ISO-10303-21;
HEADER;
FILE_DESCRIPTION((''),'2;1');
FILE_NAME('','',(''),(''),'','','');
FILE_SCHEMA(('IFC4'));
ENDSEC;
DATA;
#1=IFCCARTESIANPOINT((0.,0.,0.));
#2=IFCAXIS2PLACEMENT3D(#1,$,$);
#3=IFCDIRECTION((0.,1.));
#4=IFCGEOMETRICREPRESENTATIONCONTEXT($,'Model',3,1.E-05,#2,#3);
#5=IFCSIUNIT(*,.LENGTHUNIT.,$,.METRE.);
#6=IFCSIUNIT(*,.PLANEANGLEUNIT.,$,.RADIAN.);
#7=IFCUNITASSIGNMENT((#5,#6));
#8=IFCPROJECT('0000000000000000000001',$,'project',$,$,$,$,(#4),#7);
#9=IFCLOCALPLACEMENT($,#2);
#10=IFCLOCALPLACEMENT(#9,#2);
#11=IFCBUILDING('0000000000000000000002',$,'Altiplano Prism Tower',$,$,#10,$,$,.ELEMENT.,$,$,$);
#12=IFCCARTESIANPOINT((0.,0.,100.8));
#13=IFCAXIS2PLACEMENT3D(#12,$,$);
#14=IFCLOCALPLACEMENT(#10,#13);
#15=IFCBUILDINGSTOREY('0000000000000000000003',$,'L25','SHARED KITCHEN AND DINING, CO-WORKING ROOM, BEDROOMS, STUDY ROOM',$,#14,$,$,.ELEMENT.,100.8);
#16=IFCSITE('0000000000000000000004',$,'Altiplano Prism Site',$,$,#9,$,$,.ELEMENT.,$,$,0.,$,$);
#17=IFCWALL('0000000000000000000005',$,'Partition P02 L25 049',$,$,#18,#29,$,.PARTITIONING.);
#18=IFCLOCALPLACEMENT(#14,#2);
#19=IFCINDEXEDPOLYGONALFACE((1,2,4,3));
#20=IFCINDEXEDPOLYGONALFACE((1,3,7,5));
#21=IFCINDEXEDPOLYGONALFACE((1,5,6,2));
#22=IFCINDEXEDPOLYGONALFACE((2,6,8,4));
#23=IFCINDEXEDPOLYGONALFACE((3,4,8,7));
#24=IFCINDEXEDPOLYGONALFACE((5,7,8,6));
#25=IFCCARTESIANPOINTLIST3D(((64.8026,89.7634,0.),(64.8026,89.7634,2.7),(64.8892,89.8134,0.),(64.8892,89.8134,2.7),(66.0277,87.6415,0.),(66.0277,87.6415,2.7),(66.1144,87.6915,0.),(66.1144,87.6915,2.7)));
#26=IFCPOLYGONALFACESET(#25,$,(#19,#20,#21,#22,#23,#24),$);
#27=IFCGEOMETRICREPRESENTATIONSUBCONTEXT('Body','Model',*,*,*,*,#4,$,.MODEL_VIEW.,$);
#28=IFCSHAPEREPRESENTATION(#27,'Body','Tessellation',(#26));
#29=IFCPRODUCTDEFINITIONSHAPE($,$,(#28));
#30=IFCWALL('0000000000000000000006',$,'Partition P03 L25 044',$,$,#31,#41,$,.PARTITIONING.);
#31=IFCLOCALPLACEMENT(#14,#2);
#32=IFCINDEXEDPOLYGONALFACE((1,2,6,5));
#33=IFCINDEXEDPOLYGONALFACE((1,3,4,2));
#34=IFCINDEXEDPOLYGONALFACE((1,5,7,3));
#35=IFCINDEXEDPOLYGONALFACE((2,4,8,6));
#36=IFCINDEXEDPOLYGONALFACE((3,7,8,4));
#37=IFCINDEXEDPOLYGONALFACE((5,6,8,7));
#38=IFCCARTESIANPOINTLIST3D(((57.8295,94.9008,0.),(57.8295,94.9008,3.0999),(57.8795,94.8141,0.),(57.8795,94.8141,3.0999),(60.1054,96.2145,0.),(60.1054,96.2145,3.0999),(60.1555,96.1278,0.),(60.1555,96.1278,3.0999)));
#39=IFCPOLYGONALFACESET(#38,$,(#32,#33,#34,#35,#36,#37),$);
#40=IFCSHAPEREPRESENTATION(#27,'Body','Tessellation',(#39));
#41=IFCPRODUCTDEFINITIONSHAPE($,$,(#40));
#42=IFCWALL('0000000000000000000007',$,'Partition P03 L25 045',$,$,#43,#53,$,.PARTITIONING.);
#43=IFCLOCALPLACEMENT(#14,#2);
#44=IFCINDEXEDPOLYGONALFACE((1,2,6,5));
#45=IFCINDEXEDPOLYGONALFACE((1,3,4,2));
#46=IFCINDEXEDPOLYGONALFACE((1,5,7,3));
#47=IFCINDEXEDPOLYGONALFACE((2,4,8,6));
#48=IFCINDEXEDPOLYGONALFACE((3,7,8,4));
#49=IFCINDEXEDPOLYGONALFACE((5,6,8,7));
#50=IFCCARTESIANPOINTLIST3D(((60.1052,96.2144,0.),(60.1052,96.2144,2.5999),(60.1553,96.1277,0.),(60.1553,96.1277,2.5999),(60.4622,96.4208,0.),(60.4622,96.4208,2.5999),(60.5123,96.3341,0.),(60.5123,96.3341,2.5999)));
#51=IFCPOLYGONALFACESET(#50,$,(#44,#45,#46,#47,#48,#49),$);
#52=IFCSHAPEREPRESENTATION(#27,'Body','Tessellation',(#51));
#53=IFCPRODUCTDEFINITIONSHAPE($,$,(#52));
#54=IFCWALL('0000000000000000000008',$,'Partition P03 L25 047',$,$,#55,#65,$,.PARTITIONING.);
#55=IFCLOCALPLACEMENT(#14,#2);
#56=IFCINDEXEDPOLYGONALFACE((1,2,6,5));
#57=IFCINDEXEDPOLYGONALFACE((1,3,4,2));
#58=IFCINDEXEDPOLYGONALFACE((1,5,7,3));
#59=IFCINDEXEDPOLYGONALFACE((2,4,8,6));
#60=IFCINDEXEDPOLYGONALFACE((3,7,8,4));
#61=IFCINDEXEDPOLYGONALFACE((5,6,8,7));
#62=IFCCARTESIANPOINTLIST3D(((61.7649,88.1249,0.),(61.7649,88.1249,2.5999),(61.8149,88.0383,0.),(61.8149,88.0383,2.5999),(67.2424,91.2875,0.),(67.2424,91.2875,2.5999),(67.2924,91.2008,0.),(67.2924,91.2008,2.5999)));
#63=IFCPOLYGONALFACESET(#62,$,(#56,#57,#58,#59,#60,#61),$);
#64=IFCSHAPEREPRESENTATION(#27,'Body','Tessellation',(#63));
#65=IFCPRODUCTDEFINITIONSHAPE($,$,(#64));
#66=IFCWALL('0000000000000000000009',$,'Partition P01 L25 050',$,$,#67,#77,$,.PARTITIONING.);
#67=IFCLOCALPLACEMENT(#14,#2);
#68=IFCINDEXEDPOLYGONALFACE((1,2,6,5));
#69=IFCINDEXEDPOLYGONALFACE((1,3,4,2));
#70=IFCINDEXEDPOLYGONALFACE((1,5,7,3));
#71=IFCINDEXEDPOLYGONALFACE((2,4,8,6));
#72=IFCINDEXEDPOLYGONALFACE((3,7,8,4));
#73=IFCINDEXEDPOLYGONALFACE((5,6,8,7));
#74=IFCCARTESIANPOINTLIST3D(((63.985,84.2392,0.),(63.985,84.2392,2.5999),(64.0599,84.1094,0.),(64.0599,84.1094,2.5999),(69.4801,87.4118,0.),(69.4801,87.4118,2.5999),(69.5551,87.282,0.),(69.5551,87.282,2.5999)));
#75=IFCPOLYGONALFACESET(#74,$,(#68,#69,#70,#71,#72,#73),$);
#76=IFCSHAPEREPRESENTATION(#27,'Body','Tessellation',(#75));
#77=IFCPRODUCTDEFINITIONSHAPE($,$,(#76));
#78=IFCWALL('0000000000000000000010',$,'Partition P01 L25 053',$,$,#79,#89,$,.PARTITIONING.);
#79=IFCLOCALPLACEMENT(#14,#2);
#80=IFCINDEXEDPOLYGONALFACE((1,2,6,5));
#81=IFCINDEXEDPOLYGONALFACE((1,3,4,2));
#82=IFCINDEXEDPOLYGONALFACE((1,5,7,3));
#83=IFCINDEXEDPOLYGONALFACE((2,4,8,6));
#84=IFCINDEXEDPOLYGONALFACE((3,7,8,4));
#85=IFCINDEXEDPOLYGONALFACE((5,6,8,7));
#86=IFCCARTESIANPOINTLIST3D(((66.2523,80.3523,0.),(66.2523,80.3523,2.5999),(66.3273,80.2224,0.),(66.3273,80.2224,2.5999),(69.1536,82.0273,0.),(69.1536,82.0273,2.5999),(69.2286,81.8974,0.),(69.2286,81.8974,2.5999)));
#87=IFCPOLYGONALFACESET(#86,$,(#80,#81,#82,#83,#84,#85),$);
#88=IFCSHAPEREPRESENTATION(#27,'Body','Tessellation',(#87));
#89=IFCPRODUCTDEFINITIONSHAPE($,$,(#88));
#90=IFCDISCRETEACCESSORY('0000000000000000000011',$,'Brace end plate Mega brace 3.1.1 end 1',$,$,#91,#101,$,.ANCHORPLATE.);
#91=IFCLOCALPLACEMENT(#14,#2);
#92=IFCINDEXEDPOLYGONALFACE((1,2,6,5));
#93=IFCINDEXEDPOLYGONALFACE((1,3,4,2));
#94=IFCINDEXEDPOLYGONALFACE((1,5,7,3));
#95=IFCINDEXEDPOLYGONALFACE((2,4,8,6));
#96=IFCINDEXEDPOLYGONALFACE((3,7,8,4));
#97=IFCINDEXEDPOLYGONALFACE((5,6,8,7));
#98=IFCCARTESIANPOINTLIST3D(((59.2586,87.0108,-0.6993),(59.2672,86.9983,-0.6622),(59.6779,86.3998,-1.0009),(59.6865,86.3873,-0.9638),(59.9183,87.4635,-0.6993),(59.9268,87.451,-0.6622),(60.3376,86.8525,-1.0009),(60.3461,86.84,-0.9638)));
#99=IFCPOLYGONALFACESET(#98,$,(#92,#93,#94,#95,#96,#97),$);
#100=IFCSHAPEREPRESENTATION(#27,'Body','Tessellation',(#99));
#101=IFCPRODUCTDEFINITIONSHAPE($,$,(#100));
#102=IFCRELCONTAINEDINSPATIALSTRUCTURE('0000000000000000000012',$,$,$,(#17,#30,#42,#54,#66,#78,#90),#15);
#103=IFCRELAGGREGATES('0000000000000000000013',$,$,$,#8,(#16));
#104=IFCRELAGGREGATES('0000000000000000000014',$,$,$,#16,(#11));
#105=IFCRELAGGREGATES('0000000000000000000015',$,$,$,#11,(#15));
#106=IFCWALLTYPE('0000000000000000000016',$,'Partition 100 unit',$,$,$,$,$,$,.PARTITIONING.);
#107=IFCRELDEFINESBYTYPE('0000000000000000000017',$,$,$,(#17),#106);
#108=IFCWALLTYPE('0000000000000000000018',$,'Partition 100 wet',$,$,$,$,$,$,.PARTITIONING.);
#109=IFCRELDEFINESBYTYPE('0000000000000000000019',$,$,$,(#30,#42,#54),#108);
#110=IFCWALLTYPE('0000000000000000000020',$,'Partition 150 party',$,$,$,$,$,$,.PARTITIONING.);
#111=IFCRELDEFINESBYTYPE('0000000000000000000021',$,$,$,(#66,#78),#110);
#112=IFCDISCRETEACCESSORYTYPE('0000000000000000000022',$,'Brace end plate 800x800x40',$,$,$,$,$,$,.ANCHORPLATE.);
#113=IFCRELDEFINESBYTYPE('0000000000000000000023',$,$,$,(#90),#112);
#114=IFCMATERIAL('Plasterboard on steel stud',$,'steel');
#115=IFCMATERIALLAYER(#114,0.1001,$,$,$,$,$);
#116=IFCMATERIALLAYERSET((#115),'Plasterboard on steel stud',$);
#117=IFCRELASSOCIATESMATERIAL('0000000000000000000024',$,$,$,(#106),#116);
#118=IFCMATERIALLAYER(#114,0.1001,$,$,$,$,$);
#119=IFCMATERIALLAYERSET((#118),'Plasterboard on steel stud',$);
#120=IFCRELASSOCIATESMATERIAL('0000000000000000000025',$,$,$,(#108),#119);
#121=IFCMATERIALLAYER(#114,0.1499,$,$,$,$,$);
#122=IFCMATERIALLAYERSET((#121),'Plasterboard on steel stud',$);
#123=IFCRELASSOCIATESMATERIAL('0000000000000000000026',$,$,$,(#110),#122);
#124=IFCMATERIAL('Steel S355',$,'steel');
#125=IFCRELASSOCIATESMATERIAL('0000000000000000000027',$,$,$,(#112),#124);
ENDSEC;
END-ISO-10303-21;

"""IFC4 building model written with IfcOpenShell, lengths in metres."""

from ifc_helpers import new_model, si_unit, direction, frame, frame_2d, origin, origin_2d, place, context, subcontext, project, spatial, rectangle, extrude, material, layer, layer_set, material_profile, profile_set, type_object, element, save


model = new_model("IFC4")

# Units and contexts
model_context = context("Model", 3, precision=1e-05, world=origin(), true_north=direction((0.0, 1.0)))
body_context = subcontext(model_context, "Body", "Model", "MODEL_VIEW")
ifc_project = project(units=[si_unit("LENGTHUNIT", "METRE"), si_unit("PLANEANGLEUNIT", "RADIAN")], contexts=[model_context])

# Site, building, storey
site_placement = place(None, origin())
site = spatial("IfcSite", under=ifc_project, at=site_placement, Name="Altiplano Prism Site", CompositionType="ELEMENT", RefElevation=0.0)
building_placement = place(site_placement, origin())
building = spatial("IfcBuilding", under=site, at=building_placement, Name="Altiplano Prism Tower", CompositionType="ELEMENT")
storey_placement = place(building_placement, frame((0.0, 0.0, 100.8)))
storey = spatial("IfcBuildingStorey", under=building, at=storey_placement, Name="L25", Description="SHARED KITCHEN AND DINING, CO-WORKING ROOM, BEDROOMS, STUDY ROOM", CompositionType="ELEMENT", Elevation=100.8)

# Shared definitions
ifc_material_1 = material(Name="Steel S355", Category="steel")

# Walls
ifc_material_2 = material(Name="Plasterboard on steel stud", Category="steel")
ifc_layer_1 = layer(ifc_material_2, 0.1001)
ifc_layer_set_1 = layer_set([ifc_layer_1], Name="Plasterboard on steel stud")
wall_type_1 = type_object("IfcWallType", Name="Partition 100 unit", PredefinedType="PARTITIONING", material=ifc_layer_set_1)
wall_1_placement = place(storey_placement, frame((66.071, 87.6665, 0.0), z_axis=(0.0, 0.0, 1.0), x_axis=(-0.500019, 0.866015, 0.0)))
element("IfcWall", 1, at=wall_1_placement, inside=storey, type_object=wall_type_1, Name="Partition P02 L25 049", PredefinedType="PARTITIONING", context=body_context, shape_type="SweptSolid", body=[
    extrude(rectangle(XDim=2.4502, YDim=0.1001, at=frame_2d((1.2251, 0.0))), origin(), (0.0, 0.0, 1.0), 2.7),
])
ifc_layer_2 = layer(ifc_material_2, 0.1001)
ifc_layer_set_2 = layer_set([ifc_layer_2], Name="Plasterboard on steel stud")
wall_type_2 = type_object("IfcWallType", Name="Partition 100 wet", PredefinedType="PARTITIONING", material=ifc_layer_set_2)
wall_2_placement = place(storey_placement, frame((57.8545, 94.8574, 0.0), z_axis=(0.0, 0.0, 1.0), x_axis=(0.866068, 0.499926, 0.0)))
element("IfcWall", 2, at=wall_2_placement, inside=storey, type_object=wall_type_2, Name="Partition P03 L25 044", PredefinedType="PARTITIONING", context=body_context, shape_type="SweptSolid", body=[
    extrude(rectangle(XDim=2.6279, YDim=0.1001, at=frame_2d((1.314, 0.0))), origin(), (0.0, 0.0, 1.0), 3.0999),
])
wall_3_placement = place(storey_placement, frame((60.1304, 96.1711, 0.0), z_axis=(0.0, 0.0, 1.0), x_axis=(0.865791, 0.500406, 0.0)))
element("IfcWall", 3, at=wall_3_placement, inside=storey, type_object=wall_type_2, Name="Partition P03 L25 045", PredefinedType="PARTITIONING", context=body_context, shape_type="SweptSolid", body=[
    extrude(rectangle(XDim=0.4124, YDim=0.1001, at=frame_2d((0.2061, 0.0))), origin(), (0.0, 0.0, 1.0), 2.5999),
])
wall_4_placement = place(storey_placement, frame((61.7898, 88.0815, 0.0), z_axis=(0.0, 0.0, 1.0), x_axis=(0.866016, 0.500016, 0.0)))
element("IfcWall", 4, at=wall_4_placement, inside=storey, type_object=wall_type_2, Name="Partition P03 L25 047", PredefinedType="PARTITIONING", context=body_context, shape_type="SweptSolid", body=[
    extrude(rectangle(XDim=6.325, YDim=0.1001, at=frame_2d((3.1626, 0.0))), origin(), (0.0, 0.0, 1.0), 2.5999),
])
ifc_layer_3 = layer(ifc_material_2, 0.1499)
ifc_layer_set_3 = layer_set([ifc_layer_3], Name="Plasterboard on steel stud")
wall_type_3 = type_object("IfcWallType", Name="Partition 150 party", PredefinedType="PARTITIONING", material=ifc_layer_set_3)
wall_5_placement = place(storey_placement, frame((64.0225, 84.1743, 0.0), z_axis=(0.0, 0.0, 1.0), x_axis=(0.866025, 0.5, 0.0)))
element("IfcWall", 5, at=wall_5_placement, inside=storey, type_object=wall_type_3, Name="Partition P01 L25 050", PredefinedType="PARTITIONING", context=body_context, shape_type="SweptSolid", body=[
    extrude(rectangle(XDim=6.3452, YDim=0.1499, at=frame_2d((3.1726, 0.0))), origin(), (0.0, 0.0, 1.0), 2.5999),
])
wall_6_placement = place(storey_placement, frame((66.2898, 80.2874, 0.0), z_axis=(0.0, 0.0, 1.0), x_axis=(0.866033, 0.499987, 0.0)))
element("IfcWall", 6, at=wall_6_placement, inside=storey, type_object=wall_type_3, Name="Partition P01 L25 053", PredefinedType="PARTITIONING", context=body_context, shape_type="SweptSolid", body=[
    extrude(rectangle(XDim=3.3501, YDim=0.1499, at=frame_2d((1.675, 0.0))), origin(), (0.0, 0.0, 1.0), 2.5999),
])

# Discrete accessory
ifc_material_profile_1 = material_profile(ifc_material_1, rectangle(XDim=0.8, YDim=0.8, at=origin_2d()), Name="Brace end plate 800x800x40")
ifc_profile_set_1 = profile_set([ifc_material_profile_1], Name="Steel S355")
discrete_accessory_type = type_object("IfcDiscreteAccessoryType", Name="Brace end plate 800x800x40", PredefinedType="ANCHORPLATE", material=ifc_profile_set_1)
discrete_accessory_placement = place(storey_placement, frame((59.7981, 86.9316, -0.8501), z_axis=(0.21328, -0.310779, 0.926244), x_axis=(0.824513, 0.565842, 0.0)))
element("IfcDiscreteAccessory", 7, at=discrete_accessory_placement, inside=storey, type_object=discrete_accessory_type, Name="Brace end plate Mega brace 3.1.1 end 1", PredefinedType="ANCHORPLATE", context=body_context, shape_type="SweptSolid", body=[
    extrude(rectangle(XDim=0.8, YDim=0.8, at=origin_2d()), origin(), (0.0, 0.0, 1.0), 0.04),
])

save(model, "model.ifc")
